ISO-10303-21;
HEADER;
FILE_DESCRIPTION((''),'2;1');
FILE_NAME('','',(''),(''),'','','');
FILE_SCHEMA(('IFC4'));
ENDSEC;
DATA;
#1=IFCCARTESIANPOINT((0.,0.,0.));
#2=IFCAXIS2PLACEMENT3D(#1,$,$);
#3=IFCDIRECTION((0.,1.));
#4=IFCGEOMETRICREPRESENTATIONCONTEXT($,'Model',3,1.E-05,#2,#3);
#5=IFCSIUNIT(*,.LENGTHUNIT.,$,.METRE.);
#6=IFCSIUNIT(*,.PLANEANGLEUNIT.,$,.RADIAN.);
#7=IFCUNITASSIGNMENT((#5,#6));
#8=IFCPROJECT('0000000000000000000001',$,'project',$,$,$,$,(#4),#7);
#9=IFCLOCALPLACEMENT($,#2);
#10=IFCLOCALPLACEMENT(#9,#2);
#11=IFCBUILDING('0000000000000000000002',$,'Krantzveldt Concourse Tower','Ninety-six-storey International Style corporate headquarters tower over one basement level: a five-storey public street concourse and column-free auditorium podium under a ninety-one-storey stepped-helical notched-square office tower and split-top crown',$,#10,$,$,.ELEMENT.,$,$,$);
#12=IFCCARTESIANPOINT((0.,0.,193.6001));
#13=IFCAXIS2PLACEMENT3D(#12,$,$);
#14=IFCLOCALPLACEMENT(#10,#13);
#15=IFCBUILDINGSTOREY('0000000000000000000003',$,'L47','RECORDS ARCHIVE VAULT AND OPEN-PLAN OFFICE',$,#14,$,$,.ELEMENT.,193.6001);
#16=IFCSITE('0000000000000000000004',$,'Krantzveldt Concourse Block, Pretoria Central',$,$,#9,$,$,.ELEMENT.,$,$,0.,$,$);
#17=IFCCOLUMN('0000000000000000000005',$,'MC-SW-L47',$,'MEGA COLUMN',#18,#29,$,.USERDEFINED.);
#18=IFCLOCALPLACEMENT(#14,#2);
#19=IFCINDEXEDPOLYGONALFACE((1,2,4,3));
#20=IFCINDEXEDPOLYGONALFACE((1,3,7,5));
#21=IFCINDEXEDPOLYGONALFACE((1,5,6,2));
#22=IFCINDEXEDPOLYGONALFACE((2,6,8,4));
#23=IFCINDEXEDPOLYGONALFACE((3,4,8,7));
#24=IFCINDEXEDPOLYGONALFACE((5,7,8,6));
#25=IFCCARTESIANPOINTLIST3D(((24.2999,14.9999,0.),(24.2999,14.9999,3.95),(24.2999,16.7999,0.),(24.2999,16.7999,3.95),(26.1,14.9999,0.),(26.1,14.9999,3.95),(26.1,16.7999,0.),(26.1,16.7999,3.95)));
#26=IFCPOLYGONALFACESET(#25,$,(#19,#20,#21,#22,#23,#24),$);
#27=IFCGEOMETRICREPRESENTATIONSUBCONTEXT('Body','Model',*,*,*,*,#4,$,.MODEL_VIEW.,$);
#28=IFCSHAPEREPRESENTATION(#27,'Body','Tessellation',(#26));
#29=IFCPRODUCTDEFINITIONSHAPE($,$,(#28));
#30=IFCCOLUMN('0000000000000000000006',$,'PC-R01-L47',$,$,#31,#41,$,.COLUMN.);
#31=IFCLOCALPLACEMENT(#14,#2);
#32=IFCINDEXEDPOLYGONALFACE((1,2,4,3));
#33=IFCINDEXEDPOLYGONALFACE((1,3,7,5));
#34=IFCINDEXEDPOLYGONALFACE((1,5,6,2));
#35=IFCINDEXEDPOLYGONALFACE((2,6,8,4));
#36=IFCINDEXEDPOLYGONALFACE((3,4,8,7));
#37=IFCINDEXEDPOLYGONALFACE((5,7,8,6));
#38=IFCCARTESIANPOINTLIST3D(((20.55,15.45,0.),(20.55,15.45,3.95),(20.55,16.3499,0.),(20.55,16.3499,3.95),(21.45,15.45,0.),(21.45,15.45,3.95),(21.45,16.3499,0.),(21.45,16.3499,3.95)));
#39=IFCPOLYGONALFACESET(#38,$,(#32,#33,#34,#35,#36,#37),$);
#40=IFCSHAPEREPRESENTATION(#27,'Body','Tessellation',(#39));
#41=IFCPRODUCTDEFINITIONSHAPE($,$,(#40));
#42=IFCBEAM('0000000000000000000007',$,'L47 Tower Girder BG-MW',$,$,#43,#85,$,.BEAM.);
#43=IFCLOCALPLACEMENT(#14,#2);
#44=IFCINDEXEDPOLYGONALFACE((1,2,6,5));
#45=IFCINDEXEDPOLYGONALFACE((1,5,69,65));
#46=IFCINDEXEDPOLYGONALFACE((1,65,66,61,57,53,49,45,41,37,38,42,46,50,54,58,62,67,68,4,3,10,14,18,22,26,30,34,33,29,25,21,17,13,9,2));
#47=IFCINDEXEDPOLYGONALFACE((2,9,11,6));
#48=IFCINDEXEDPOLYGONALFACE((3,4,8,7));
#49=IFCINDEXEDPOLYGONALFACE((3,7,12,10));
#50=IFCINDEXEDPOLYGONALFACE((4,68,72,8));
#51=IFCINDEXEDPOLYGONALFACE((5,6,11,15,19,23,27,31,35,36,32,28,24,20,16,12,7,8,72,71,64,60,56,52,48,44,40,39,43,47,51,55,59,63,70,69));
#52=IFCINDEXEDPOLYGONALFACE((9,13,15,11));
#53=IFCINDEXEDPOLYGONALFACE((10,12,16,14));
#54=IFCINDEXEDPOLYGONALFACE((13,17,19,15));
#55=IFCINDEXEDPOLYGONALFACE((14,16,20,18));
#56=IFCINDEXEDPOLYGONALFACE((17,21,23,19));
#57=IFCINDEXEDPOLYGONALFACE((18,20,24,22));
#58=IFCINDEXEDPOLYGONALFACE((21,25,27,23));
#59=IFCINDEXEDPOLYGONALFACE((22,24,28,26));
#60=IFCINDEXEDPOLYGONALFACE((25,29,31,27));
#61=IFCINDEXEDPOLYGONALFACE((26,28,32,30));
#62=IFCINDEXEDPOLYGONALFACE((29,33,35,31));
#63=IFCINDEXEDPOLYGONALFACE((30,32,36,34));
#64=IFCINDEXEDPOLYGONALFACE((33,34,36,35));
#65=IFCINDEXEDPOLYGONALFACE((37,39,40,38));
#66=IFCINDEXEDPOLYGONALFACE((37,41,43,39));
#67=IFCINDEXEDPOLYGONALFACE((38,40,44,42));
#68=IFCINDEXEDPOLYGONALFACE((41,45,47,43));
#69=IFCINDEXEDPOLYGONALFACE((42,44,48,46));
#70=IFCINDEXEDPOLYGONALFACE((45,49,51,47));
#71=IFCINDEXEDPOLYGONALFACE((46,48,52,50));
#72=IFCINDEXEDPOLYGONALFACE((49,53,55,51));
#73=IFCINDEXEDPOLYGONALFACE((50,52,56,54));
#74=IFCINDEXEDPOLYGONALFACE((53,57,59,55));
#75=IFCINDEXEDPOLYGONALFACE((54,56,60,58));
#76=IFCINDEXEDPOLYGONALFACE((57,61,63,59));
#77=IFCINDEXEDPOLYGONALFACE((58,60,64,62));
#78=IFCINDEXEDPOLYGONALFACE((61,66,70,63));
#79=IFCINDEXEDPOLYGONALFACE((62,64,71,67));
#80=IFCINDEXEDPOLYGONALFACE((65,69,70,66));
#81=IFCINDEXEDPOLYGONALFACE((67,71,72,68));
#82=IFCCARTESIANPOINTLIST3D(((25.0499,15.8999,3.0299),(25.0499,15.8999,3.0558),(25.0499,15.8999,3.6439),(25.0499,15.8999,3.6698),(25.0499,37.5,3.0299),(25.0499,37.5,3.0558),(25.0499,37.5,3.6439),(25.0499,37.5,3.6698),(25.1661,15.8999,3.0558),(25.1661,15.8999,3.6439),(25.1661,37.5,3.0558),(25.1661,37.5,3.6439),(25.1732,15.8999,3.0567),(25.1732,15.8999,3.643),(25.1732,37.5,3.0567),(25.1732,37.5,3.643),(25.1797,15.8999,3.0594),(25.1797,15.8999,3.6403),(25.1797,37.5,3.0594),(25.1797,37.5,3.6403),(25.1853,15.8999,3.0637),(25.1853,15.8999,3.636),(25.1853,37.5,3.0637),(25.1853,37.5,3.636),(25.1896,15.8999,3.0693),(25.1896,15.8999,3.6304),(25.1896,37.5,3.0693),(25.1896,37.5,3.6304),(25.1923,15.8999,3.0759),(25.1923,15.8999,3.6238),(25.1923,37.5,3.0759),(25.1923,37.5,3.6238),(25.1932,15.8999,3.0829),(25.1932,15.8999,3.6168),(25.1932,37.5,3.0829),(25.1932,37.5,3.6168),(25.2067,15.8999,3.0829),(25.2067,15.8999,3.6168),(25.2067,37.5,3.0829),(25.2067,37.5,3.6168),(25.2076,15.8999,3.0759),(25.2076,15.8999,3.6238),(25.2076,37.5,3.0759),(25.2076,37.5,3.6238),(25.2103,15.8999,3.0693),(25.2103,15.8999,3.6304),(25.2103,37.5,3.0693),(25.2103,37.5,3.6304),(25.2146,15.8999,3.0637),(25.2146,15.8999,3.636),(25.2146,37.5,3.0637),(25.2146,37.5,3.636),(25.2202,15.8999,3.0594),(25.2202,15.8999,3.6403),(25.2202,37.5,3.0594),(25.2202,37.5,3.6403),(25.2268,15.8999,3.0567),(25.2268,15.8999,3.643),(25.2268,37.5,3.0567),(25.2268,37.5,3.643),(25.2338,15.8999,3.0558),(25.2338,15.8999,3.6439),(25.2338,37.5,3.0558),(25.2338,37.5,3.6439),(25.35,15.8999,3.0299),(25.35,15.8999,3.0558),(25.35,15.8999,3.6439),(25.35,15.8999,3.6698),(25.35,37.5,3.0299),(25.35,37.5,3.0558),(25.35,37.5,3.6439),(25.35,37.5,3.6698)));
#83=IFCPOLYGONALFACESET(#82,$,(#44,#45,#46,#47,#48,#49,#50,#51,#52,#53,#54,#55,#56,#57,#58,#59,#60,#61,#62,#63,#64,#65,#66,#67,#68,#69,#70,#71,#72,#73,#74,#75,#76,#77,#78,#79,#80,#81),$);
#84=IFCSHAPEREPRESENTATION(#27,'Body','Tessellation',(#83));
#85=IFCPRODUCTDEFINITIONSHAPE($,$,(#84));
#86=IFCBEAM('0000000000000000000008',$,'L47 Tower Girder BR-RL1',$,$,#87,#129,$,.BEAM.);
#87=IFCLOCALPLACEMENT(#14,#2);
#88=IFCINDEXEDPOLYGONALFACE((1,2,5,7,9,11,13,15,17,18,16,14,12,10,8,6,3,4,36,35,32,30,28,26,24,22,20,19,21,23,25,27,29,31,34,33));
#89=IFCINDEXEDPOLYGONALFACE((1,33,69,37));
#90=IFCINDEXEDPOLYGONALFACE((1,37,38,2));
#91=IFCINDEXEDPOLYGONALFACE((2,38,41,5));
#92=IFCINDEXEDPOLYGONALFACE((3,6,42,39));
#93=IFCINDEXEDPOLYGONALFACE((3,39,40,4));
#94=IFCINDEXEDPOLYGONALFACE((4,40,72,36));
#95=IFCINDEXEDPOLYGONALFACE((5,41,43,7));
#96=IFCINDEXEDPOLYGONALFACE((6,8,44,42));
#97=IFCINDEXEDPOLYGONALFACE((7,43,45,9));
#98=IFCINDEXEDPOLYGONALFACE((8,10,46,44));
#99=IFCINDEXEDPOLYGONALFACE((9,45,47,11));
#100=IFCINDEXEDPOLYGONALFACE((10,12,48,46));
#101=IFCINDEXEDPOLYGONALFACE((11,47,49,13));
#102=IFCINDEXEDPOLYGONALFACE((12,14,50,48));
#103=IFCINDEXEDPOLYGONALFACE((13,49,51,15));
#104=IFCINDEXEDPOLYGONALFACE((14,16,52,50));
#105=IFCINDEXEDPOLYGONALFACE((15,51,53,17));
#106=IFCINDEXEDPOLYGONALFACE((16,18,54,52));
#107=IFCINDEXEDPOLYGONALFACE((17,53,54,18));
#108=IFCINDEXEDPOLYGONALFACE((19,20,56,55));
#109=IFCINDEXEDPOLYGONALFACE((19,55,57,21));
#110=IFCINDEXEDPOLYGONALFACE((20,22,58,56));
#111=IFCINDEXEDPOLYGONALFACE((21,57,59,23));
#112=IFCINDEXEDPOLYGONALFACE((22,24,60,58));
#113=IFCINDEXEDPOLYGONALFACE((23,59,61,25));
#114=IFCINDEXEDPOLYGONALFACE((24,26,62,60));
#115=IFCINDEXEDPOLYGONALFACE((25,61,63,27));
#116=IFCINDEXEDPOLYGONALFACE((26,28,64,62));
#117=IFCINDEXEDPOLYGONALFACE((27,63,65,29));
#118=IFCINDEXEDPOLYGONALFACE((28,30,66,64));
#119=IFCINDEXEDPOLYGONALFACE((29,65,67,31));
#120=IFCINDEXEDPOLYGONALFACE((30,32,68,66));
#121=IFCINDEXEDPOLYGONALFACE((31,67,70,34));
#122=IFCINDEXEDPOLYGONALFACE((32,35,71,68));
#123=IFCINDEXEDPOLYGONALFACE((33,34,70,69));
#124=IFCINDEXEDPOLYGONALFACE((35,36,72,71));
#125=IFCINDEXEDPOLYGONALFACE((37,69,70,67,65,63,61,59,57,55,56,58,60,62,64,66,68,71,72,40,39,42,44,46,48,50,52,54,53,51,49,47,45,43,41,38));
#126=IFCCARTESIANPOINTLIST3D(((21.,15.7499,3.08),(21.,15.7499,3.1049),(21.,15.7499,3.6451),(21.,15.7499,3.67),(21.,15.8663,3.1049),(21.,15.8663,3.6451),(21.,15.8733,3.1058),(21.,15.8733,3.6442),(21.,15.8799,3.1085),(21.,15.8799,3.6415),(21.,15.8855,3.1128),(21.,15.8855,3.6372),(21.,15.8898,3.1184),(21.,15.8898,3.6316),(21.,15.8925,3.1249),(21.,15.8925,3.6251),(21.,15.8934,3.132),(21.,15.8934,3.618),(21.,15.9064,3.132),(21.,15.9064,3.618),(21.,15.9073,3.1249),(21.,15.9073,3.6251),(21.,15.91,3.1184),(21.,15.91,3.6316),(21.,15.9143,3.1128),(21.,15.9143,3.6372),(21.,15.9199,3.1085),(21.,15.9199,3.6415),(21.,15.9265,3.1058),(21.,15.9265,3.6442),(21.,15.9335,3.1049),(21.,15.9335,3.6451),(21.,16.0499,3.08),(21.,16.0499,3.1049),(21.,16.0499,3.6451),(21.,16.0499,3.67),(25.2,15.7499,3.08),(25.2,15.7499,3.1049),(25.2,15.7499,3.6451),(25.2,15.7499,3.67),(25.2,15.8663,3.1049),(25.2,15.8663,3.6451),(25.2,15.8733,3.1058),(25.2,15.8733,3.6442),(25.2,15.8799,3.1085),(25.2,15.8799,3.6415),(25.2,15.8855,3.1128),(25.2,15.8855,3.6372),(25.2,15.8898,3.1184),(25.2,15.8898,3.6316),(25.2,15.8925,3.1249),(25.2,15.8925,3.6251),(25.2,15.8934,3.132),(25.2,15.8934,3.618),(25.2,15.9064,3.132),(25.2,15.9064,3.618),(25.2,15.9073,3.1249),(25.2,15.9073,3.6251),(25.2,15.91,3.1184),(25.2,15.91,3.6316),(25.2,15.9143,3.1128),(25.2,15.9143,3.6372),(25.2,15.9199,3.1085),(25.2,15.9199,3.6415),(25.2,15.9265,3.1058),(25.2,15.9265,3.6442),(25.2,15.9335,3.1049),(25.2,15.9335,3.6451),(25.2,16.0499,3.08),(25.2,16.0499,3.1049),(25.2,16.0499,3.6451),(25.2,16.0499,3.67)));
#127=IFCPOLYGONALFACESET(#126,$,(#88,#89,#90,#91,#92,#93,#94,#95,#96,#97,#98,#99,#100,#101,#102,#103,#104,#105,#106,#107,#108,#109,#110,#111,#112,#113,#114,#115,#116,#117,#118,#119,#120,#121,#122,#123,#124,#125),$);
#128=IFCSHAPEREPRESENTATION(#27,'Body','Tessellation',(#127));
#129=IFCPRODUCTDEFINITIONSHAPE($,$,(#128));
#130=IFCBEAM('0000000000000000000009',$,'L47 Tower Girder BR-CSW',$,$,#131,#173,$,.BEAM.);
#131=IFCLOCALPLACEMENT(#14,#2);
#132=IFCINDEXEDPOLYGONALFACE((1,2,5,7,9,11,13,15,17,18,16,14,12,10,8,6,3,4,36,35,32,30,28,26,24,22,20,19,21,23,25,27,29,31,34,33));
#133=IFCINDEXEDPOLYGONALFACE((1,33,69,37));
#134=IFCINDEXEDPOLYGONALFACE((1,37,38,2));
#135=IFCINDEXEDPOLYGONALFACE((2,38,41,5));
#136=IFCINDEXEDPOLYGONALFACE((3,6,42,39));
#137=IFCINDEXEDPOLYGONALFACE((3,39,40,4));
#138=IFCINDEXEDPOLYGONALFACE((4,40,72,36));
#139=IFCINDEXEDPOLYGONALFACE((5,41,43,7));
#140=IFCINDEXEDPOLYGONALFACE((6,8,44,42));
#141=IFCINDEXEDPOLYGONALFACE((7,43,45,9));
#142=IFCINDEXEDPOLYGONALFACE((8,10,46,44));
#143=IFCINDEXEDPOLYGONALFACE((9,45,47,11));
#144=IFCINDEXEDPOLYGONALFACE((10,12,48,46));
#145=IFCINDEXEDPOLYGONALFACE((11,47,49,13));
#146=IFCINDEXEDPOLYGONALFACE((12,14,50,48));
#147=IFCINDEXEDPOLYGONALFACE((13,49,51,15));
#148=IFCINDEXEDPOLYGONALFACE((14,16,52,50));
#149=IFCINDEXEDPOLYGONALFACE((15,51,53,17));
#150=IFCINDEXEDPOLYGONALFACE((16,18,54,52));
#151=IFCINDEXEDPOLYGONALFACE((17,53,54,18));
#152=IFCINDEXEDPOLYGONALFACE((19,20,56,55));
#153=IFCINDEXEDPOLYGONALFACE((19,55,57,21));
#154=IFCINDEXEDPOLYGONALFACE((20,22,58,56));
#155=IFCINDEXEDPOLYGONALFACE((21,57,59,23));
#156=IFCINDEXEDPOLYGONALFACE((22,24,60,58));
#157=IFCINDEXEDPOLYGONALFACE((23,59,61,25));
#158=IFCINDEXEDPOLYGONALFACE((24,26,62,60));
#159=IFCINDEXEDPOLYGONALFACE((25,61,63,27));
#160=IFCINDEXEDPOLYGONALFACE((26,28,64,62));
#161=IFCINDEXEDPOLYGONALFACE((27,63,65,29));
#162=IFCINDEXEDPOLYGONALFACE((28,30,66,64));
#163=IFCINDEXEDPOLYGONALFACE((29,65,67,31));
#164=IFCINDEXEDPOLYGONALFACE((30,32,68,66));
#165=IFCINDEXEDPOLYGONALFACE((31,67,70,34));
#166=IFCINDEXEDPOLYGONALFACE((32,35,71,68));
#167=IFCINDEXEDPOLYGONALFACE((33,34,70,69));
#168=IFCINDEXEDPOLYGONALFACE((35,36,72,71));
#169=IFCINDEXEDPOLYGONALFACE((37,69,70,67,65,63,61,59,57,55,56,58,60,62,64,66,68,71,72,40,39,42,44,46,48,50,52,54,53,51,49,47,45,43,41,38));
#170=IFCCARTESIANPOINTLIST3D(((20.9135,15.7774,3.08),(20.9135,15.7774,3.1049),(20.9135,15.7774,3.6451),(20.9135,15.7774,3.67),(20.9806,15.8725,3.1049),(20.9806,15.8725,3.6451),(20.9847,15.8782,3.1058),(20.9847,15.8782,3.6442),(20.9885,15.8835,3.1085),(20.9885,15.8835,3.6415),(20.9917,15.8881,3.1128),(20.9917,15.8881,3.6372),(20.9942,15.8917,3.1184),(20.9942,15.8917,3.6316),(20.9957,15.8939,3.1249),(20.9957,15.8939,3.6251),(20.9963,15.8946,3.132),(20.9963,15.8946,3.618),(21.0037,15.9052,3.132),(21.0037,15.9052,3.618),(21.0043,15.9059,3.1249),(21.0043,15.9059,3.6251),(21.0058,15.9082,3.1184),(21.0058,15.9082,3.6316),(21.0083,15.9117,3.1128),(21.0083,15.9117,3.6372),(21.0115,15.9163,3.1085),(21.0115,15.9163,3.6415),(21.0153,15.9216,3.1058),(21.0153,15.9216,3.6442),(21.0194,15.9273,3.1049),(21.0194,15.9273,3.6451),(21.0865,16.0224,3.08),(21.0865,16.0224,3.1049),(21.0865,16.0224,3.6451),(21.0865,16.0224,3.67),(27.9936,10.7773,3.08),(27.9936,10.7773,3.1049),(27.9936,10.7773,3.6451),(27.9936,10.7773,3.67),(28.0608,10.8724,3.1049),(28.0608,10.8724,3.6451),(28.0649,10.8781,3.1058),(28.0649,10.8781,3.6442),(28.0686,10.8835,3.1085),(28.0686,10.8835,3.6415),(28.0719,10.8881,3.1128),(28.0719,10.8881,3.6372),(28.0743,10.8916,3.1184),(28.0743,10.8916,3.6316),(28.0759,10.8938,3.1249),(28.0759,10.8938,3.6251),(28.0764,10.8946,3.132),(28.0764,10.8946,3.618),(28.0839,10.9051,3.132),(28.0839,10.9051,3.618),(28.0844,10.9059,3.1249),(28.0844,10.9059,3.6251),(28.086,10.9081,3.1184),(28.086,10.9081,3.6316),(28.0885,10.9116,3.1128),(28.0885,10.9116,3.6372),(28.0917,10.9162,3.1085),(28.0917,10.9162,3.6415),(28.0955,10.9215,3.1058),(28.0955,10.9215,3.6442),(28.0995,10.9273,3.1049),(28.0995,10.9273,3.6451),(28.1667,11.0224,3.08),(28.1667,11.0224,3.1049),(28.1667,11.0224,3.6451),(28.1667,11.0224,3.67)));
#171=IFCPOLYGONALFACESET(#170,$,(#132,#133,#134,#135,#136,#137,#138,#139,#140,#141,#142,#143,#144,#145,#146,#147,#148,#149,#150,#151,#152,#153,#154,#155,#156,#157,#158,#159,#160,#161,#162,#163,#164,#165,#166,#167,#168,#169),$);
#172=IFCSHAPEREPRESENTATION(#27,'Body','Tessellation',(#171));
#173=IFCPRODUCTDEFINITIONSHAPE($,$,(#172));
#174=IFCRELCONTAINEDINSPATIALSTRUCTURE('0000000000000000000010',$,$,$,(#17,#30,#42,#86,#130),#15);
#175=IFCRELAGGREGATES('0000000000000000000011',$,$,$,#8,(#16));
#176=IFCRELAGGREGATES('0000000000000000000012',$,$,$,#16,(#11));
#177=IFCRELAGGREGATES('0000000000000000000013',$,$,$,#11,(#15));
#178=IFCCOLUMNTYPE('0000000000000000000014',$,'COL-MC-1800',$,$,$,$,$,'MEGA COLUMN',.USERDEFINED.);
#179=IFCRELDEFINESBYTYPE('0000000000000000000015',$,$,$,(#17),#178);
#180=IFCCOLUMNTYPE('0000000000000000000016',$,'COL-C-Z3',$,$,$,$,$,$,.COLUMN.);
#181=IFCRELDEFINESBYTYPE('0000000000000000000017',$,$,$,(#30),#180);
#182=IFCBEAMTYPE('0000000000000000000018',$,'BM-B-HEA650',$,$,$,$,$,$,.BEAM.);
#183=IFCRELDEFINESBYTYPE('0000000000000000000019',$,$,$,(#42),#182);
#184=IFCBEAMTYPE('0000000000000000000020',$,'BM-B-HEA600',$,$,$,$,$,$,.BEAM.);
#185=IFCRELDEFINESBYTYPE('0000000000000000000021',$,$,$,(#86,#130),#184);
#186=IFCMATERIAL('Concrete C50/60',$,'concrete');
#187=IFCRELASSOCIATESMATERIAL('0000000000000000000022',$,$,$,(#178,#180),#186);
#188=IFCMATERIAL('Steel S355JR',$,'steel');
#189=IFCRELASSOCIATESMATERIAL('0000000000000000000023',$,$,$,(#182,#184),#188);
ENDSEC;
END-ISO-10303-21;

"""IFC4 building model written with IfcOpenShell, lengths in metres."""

from ifc_helpers import new_model, si_unit, direction, frame, origin, origin_2d, place, context, subcontext, project, spatial, rectangle, i_section, extrude, source, transform, mapped, material, material_profile, profile_set, type_object, type_shapes, element, save


model = new_model("IFC4")

# Units and contexts
model_context = context("Model", 3, precision=1e-05, world=origin(), true_north=direction((0.0, 1.0)))
body_context = subcontext(model_context, "Body", "Model", "MODEL_VIEW")
ifc_project = project(units=[si_unit("LENGTHUNIT", "METRE"), si_unit("PLANEANGLEUNIT", "RADIAN")], contexts=[model_context])

# Site, building, storey
site_placement = place(None, origin())
site = spatial("IfcSite", under=ifc_project, at=site_placement, Name="Krantzveldt Concourse Block, Pretoria Central", CompositionType="ELEMENT", RefElevation=0.0)
building_placement = place(site_placement, origin())
building = spatial("IfcBuilding", under=site, at=building_placement, Name="Krantzveldt Concourse Tower", Description="Ninety-six-storey International Style corporate headquarters tower over one basement level: a five-storey public street concourse and column-free auditorium podium under a ninety-one-storey stepped-helical notched-square office tower and split-top crown", CompositionType="ELEMENT")
storey_placement = place(building_placement, frame((0.0, 0.0, 193.6001)))
storey = spatial("IfcBuildingStorey", under=building, at=storey_placement, Name="L47", Description="RECORDS ARCHIVE VAULT AND OPEN-PLAN OFFICE", CompositionType="ELEMENT", Elevation=193.6001)

# Columns
ifc_material_1 = material(Name="Concrete C50/60", Category="concrete")
ifc_material_profile_1 = material_profile(ifc_material_1, rectangle(XDim=1.8, YDim=1.8, at=origin_2d()), Name="Concrete C50/60", Category="concrete")
ifc_profile_set_1 = profile_set([ifc_material_profile_1], Name="Concrete C50/60 - RC 1800x1800")
column_type_1 = type_object("IfcColumnType", Name="COL-MC-1800", ElementType="MEGA COLUMN", PredefinedType="USERDEFINED", material=ifc_profile_set_1)
shared_shape_1 = source(origin(), body_context, "Body", "SweptSolid", [
    extrude(rectangle(XDim=1.8, YDim=1.8, at=origin_2d()), origin(), (0.0, 0.0, 1.0), 3.95),
])
type_shapes(column_type_1, [shared_shape_1])
column_1_placement = place(storey_placement, frame((25.2, 15.8999, 0.0), z_axis=(0.0, 0.0, 1.0), x_axis=(1.0, 0.0, 0.0)))
element("IfcColumn", 1, at=column_1_placement, inside=storey, type_object=column_type_1, Name="MC-SW-L47", ObjectType="MEGA COLUMN", PredefinedType="USERDEFINED", context=body_context, shape_type="MappedRepresentation", body=[
    mapped(shared_shape_1, transform((0.0, 0.0, 0.0), x_axis=(1.0, 0.0, 0.0), y_axis=(0.0, 1.0, 0.0), z_axis=(0.0, 0.0, 1.0), scale=1.0)),
])
ifc_material_profile_2 = material_profile(ifc_material_1, rectangle(XDim=0.8999, YDim=0.8999, at=origin_2d()), Name="Concrete C50/60", Category="concrete")
ifc_profile_set_2 = profile_set([ifc_material_profile_2], Name="Concrete C50/60 - RC 900x900")
column_type_2 = type_object("IfcColumnType", Name="COL-C-Z3", PredefinedType="COLUMN", material=ifc_profile_set_2)
shared_shape_2 = source(origin(), body_context, "Body", "SweptSolid", [
    extrude(rectangle(XDim=0.8999, YDim=0.8999, at=origin_2d()), origin(), (0.0, 0.0, 1.0), 3.95),
])
type_shapes(column_type_2, [shared_shape_2])
column_2_placement = place(storey_placement, frame((21.0, 15.8999, 0.0), z_axis=(0.0, 0.0, 1.0), x_axis=(1.0, 0.0, 0.0)))
element("IfcColumn", 2, at=column_2_placement, inside=storey, type_object=column_type_2, Name="PC-R01-L47", PredefinedType="COLUMN", context=body_context, shape_type="MappedRepresentation", body=[
    mapped(shared_shape_2, transform((0.0, 0.0, 0.0), x_axis=(1.0, 0.0, 0.0), y_axis=(0.0, 1.0, 0.0), z_axis=(0.0, 0.0, 1.0), scale=1.0)),
])

# Beams
ifc_material_2 = material(Name="Steel S355JR", Category="steel")
ifc_material_profile_3 = material_profile(ifc_material_2, i_section(OverallWidth=0.3, OverallDepth=0.6399, WebThickness=0.0134, FlangeThickness=0.0259, FilletRadius=0.0271, at=origin_2d()), Name="Steel S355JR", Category="steel")
ifc_profile_set_3 = profile_set([ifc_material_profile_3], Name="Steel S355JR - HEA 650")
beam_type_1 = type_object("IfcBeamType", Name="BM-B-HEA650", PredefinedType="BEAM", material=ifc_profile_set_3)
shared_shape_3 = source(origin(), body_context, "Body", "SweptSolid", [
    extrude(i_section(OverallWidth=0.3, OverallDepth=0.6399, WebThickness=0.0134, FlangeThickness=0.0259, FilletRadius=0.0271, at=origin_2d()), origin(), (0.0, 0.0, 1.0), 21.6001),
])
beam_1_placement = place(storey_placement, frame((25.2, 15.8999, 3.3499), z_axis=(0.0, 1.0, 0.0), x_axis=(-1.0, 0.0, 0.0)))
element("IfcBeam", 3, at=beam_1_placement, inside=storey, type_object=beam_type_1, Name="L47 Tower Girder BG-MW", PredefinedType="BEAM", context=body_context, shape_type="MappedRepresentation", body=[
    mapped(shared_shape_3, transform((0.0, 0.0, 0.0), x_axis=(1.0, 0.0, 0.0), y_axis=(0.0, 1.0, 0.0), z_axis=(0.0, 0.0, 1.0), scale=1.0)),
])
ifc_material_profile_4 = material_profile(ifc_material_2, i_section(OverallWidth=0.3, OverallDepth=0.5901, WebThickness=0.0129, FlangeThickness=0.0249, FilletRadius=0.0271, at=origin_2d()), Name="Steel S355JR", Category="steel")
ifc_profile_set_4 = profile_set([ifc_material_profile_4], Name="Steel S355JR - HEA 600")
beam_type_2 = type_object("IfcBeamType", Name="BM-B-HEA600", PredefinedType="BEAM", material=ifc_profile_set_4)
shared_shape_4 = source(origin(), body_context, "Body", "SweptSolid", [
    extrude(i_section(OverallWidth=0.3, OverallDepth=0.5901, WebThickness=0.0129, FlangeThickness=0.0249, FilletRadius=0.0271, at=origin_2d()), origin(), (0.0, 0.0, 1.0), 4.2),
])
beam_2_placement = place(storey_placement, frame((21.0, 15.8999, 3.375), z_axis=(1.0, 0.0, 0.0), x_axis=(0.0, 1.0, 0.0)))
element("IfcBeam", 4, at=beam_2_placement, inside=storey, type_object=beam_type_2, Name="L47 Tower Girder BR-RL1", PredefinedType="BEAM", context=body_context, shape_type="MappedRepresentation", body=[
    mapped(shared_shape_4, transform((0.0, 0.0, 0.0), x_axis=(1.0, 0.0, 0.0), y_axis=(0.0, 1.0, 0.0), z_axis=(0.0, 0.0, 1.0), scale=1.0)),
])
shared_shape_5 = source(origin(), body_context, "Body", "SweptSolid", [
    extrude(i_section(OverallWidth=0.3, OverallDepth=0.5901, WebThickness=0.0129, FlangeThickness=0.0249, FilletRadius=0.0271, at=origin_2d()), origin(), (0.0, 0.0, 1.0), 8.6677),
])
type_shapes(beam_type_2, [shared_shape_4, shared_shape_5])
beam_3_placement = place(storey_placement, frame((21.0, 15.8999, 3.375), z_axis=(0.816843, -0.57686, 0.0), x_axis=(0.57686, 0.816843, 0.0)))
element("IfcBeam", 5, at=beam_3_placement, inside=storey, type_object=beam_type_2, Name="L47 Tower Girder BR-CSW", PredefinedType="BEAM", context=body_context, shape_type="MappedRepresentation", body=[
    mapped(shared_shape_5, transform((0.0, 0.0, 0.0), x_axis=(1.0, 0.0, 0.0), y_axis=(0.0, 1.0, 0.0), z_axis=(0.0, 0.0, 1.0), scale=1.0)),
])

save(model, "model.ifc")
